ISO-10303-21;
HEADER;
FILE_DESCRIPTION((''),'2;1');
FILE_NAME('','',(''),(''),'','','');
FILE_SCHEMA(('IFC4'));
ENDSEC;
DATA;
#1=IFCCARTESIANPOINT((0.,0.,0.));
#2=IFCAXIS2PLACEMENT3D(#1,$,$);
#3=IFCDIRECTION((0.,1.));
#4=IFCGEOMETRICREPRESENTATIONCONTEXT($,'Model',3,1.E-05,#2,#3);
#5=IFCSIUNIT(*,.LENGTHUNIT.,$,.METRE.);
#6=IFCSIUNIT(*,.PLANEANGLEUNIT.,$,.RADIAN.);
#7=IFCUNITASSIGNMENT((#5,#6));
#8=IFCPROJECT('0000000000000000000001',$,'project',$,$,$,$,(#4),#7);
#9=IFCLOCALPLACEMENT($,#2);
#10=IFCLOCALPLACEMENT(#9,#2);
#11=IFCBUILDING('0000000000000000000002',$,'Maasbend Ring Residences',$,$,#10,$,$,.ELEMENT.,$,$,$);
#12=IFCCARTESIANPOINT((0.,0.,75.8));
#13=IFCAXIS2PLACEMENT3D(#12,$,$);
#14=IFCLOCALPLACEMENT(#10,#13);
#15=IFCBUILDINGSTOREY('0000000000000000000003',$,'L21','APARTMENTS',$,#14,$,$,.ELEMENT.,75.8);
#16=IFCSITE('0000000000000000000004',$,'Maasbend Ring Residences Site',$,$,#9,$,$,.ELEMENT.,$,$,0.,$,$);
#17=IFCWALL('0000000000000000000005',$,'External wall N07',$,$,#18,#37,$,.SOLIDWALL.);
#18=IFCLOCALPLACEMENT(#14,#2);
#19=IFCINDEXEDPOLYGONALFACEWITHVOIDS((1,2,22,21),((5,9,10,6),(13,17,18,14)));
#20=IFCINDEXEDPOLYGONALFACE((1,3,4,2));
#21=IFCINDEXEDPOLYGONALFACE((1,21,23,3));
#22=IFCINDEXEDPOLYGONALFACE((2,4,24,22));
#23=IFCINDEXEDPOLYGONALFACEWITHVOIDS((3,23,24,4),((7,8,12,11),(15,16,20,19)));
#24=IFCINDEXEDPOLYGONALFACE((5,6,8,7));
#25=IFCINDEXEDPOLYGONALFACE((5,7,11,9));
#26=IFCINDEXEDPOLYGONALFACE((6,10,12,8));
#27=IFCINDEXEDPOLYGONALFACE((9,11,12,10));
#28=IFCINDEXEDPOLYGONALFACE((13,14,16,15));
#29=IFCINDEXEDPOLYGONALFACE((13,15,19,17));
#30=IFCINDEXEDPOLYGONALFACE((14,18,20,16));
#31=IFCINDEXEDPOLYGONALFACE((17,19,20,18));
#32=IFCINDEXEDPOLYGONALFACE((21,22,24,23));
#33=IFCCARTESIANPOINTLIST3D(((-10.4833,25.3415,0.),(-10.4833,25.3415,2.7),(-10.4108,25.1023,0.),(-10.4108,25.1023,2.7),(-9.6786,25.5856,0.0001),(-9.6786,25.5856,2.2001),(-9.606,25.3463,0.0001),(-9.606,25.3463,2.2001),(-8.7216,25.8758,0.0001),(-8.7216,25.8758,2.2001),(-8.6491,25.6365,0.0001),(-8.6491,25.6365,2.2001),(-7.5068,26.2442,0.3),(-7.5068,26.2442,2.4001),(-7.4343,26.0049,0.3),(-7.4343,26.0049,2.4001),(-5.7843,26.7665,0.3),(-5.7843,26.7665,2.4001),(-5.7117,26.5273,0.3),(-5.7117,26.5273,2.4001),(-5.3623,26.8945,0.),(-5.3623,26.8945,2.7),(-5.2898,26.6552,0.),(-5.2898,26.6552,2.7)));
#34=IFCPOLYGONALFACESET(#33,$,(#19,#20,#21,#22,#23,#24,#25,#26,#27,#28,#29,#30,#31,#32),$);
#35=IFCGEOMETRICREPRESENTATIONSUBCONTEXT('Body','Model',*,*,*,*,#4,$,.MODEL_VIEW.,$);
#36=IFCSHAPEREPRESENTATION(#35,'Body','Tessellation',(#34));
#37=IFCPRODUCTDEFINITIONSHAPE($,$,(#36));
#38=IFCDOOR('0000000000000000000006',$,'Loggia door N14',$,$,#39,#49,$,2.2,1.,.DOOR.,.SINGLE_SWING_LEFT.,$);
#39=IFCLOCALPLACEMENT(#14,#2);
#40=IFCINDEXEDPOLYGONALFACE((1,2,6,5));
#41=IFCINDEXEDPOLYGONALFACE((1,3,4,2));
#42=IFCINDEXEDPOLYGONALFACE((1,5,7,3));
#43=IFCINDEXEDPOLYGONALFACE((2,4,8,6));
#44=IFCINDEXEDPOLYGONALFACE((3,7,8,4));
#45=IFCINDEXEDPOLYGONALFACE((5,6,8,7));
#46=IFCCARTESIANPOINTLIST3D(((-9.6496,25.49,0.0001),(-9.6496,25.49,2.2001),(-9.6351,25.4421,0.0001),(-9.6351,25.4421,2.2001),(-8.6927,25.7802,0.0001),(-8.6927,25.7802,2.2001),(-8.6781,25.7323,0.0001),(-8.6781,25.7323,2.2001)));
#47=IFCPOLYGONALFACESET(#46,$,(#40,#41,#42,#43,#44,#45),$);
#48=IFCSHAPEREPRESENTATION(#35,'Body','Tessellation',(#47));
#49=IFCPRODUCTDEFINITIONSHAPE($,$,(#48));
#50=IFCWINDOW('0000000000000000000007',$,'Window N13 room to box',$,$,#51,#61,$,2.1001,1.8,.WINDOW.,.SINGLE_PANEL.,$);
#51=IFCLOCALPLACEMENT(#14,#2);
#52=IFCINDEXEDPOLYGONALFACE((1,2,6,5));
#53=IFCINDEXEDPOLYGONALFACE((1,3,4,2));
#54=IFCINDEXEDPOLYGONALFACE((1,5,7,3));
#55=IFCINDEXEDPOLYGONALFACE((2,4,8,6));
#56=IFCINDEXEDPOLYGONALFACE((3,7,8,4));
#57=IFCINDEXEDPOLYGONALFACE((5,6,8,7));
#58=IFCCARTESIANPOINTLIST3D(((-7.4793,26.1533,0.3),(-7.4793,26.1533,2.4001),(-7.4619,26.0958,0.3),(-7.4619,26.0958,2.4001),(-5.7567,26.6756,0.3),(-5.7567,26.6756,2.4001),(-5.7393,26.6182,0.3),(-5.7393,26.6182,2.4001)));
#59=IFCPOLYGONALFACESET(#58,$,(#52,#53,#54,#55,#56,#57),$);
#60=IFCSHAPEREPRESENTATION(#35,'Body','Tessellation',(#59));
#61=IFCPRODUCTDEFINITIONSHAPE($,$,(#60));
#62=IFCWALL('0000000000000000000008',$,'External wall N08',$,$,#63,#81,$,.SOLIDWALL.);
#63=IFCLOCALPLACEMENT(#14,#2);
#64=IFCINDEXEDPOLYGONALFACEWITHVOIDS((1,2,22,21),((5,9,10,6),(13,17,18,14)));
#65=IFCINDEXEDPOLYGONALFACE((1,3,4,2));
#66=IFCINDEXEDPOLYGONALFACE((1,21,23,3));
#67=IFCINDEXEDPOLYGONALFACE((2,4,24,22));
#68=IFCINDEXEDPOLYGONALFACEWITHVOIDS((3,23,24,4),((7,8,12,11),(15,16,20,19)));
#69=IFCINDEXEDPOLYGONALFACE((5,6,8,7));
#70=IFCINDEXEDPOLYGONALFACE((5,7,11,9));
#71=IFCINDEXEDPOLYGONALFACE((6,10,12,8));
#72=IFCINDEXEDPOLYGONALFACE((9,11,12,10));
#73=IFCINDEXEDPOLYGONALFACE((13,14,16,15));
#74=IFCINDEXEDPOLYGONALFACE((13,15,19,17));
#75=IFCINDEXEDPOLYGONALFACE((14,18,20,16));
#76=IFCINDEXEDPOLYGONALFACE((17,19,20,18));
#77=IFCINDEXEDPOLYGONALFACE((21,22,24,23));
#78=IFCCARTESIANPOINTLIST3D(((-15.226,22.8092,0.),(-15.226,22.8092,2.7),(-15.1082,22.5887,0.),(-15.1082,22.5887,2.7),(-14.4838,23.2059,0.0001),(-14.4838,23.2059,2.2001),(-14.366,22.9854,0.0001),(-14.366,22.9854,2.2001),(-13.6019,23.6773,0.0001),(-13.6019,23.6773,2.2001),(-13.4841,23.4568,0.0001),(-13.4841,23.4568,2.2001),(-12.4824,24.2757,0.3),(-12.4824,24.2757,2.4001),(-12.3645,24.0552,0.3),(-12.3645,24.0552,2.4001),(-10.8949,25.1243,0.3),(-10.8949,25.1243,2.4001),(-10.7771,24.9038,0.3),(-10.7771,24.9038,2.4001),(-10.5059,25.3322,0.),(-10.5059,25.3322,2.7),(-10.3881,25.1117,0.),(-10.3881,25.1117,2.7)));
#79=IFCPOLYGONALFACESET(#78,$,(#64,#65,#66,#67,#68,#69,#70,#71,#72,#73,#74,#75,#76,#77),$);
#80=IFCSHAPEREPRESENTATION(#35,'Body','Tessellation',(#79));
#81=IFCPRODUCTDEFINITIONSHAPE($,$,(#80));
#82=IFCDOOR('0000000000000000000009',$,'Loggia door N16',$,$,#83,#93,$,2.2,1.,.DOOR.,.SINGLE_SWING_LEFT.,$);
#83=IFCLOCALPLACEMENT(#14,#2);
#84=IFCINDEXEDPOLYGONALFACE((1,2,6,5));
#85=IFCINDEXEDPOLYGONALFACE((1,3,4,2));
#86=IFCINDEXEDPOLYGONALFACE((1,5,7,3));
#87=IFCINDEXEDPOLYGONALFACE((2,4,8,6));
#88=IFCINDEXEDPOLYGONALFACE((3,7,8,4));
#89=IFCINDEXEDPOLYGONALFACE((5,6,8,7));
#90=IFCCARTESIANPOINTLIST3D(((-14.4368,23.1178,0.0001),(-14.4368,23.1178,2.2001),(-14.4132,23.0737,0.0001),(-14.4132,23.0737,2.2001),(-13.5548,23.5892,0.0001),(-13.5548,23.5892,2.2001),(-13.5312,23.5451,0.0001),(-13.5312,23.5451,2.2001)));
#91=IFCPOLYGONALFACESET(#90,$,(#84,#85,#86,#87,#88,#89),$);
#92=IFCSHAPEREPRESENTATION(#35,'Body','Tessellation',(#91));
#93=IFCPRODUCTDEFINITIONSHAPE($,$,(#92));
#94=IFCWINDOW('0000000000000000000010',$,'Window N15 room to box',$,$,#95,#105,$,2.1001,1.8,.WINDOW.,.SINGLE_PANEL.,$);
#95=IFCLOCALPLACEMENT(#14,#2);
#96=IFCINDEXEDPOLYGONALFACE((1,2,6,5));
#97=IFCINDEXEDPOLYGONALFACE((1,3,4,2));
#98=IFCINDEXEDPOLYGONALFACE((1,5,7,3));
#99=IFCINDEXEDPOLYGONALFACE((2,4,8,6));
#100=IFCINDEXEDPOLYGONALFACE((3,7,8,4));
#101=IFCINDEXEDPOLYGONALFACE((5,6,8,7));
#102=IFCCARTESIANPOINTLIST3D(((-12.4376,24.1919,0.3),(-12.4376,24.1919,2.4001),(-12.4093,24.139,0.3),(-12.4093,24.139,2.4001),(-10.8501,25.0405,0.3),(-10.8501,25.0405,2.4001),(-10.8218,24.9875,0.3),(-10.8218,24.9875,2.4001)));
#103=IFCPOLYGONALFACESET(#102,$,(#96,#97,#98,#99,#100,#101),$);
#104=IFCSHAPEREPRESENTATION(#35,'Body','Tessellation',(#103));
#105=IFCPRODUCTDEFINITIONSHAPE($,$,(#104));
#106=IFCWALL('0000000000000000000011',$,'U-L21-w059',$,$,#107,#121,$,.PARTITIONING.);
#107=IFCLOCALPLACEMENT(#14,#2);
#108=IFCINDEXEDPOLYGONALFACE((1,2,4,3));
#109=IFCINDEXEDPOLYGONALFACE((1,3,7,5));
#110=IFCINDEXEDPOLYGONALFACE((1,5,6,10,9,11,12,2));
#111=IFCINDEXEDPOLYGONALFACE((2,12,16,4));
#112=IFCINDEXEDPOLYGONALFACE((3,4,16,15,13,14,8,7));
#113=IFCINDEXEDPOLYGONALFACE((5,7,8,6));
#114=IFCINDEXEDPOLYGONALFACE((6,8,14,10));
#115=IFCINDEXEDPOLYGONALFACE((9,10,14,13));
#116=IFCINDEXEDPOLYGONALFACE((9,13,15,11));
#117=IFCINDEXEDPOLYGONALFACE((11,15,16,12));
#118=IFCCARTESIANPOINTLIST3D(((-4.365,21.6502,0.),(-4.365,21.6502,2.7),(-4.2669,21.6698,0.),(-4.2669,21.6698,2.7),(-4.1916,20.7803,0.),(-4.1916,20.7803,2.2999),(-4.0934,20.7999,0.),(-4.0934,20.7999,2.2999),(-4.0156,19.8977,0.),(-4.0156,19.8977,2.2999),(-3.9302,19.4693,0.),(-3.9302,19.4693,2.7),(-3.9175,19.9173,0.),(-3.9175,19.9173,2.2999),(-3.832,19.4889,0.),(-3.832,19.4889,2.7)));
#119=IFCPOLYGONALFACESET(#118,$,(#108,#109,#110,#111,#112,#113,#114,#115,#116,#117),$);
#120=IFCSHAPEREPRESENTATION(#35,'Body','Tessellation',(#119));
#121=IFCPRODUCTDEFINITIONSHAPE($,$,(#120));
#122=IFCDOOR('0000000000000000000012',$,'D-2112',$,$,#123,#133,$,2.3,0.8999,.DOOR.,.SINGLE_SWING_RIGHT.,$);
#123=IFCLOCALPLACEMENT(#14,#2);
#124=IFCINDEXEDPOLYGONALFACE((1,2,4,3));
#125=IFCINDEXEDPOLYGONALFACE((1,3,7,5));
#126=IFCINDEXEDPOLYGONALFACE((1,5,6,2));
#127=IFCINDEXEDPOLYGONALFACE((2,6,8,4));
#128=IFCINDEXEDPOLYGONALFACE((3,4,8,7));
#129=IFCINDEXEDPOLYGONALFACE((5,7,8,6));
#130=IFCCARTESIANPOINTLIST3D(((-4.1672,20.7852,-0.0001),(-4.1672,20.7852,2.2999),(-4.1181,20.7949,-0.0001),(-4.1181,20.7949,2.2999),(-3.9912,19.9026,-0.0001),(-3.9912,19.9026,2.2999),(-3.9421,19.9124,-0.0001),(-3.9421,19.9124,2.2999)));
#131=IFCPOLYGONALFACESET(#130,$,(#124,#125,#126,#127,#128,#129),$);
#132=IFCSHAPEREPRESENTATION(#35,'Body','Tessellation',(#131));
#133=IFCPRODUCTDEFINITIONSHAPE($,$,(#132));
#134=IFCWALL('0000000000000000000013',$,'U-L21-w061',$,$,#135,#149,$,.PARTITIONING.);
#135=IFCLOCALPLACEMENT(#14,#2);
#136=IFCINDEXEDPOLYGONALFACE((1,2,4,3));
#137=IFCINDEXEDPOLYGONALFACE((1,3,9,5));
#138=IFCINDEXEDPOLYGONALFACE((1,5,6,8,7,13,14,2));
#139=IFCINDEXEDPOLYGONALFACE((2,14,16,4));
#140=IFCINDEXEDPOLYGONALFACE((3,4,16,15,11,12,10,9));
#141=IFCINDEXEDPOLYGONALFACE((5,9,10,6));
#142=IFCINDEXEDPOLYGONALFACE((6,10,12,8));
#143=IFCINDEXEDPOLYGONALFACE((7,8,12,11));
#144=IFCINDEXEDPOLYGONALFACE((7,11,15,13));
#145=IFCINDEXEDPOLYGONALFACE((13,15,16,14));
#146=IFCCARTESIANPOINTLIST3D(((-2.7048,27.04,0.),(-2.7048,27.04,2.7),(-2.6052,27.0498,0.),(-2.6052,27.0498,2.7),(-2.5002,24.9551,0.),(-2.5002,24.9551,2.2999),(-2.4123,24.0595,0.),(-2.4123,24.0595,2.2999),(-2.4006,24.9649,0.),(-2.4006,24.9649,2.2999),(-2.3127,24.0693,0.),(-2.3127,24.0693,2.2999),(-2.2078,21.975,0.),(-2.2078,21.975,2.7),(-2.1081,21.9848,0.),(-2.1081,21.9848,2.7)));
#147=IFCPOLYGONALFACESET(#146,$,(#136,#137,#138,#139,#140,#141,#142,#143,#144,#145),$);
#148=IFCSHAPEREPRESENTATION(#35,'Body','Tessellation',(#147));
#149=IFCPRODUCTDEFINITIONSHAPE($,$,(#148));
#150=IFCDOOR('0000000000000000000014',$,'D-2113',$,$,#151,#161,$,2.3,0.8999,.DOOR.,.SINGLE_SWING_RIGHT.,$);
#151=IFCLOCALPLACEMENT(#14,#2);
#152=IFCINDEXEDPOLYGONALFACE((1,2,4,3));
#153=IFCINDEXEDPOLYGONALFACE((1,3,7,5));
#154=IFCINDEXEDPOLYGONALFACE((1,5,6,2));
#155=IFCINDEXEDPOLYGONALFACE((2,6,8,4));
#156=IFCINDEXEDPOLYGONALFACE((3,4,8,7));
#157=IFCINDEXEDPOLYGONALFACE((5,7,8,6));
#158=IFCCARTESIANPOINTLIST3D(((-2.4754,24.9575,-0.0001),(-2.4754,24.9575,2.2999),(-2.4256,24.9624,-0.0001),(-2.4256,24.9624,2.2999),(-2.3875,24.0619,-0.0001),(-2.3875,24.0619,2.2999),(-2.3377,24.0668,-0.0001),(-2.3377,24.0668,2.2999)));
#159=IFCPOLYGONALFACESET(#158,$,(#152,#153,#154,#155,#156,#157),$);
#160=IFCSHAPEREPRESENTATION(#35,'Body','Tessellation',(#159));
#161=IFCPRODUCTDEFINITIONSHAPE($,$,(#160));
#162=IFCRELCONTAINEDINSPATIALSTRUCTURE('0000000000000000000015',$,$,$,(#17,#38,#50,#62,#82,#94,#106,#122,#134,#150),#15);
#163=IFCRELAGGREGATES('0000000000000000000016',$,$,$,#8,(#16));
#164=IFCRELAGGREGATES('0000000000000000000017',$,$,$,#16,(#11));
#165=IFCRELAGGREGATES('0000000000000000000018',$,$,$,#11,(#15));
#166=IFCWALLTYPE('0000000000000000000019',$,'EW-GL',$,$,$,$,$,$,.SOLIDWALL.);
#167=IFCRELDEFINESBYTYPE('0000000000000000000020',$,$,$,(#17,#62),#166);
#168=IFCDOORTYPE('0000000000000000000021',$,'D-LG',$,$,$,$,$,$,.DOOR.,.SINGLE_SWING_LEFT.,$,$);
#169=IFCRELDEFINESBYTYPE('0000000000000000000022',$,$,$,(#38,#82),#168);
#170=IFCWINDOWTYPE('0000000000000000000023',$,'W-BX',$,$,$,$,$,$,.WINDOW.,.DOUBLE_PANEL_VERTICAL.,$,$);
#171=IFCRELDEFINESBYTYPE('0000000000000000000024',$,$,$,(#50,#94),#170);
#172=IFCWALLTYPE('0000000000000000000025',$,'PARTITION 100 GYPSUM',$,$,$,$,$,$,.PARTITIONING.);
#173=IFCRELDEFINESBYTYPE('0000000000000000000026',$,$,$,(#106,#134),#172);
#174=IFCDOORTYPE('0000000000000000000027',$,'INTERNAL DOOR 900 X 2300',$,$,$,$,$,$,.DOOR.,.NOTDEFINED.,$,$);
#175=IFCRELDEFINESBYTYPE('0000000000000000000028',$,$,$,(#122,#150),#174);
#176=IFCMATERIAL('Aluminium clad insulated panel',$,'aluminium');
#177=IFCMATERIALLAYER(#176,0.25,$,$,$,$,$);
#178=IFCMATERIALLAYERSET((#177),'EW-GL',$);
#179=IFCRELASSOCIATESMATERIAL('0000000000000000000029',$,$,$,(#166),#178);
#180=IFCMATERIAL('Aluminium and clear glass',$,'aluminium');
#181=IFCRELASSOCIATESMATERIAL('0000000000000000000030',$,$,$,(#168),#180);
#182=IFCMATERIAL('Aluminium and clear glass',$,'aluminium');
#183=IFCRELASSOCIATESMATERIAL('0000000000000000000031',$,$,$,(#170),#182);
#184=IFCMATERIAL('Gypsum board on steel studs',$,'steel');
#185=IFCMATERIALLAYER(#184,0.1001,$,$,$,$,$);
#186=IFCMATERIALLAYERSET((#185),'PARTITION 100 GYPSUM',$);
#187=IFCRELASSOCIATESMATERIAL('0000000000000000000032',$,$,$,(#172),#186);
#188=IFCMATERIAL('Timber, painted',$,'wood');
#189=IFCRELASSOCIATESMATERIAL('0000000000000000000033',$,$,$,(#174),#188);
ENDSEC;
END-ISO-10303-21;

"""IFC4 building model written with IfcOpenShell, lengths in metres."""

from ifc_helpers import new_model, si_unit, direction, frame, frame_2d, origin, place, context, subcontext, project, spatial, rectangle, extrude, material, layer, layer_set, type_object, element, fill, save


model = new_model("IFC4")

# Units and contexts
model_context = context("Model", 3, precision=1e-05, world=origin(), true_north=direction((0.0, 1.0)))
body_context = subcontext(model_context, "Body", "Model", "MODEL_VIEW")
ifc_project = project(units=[si_unit("LENGTHUNIT", "METRE"), si_unit("PLANEANGLEUNIT", "RADIAN")], contexts=[model_context])

# Site, building, storey
site_placement = place(None, origin())
site = spatial("IfcSite", under=ifc_project, at=site_placement, Name="Maasbend Ring Residences Site", CompositionType="ELEMENT", RefElevation=0.0)
building_placement = place(site_placement, origin())
building = spatial("IfcBuilding", under=site, at=building_placement, Name="Maasbend Ring Residences", CompositionType="ELEMENT")
storey_placement = place(building_placement, frame((0.0, 0.0, 75.8)))
storey = spatial("IfcBuildingStorey", under=building, at=storey_placement, Name="L21", Description="APARTMENTS", CompositionType="ELEMENT", Elevation=75.8)

# Walls, openings, doors, windows
ifc_material_1 = material(Name="Aluminium clad insulated panel", Category="aluminium")
ifc_layer_1 = layer(ifc_material_1, 0.25)
ifc_layer_set_1 = layer_set([ifc_layer_1], Name="EW-GL")
wall_type_1 = type_object("IfcWallType", Name="EW-GL", PredefinedType="SOLIDWALL", material=ifc_layer_set_1)
wall_1_placement = place(storey_placement, frame((-5.3259, 26.7749, 0.0), z_axis=(0.0, 0.0, 1.0), x_axis=(-0.956966, -0.290201, 0.0)))
wall_1 = element("IfcWall", 1, at=wall_1_placement, inside=storey, type_object=wall_type_1, Name="External wall N07", PredefinedType="SOLIDWALL", context=body_context, shape_type="SweptSolid", body=[
    extrude(rectangle(XDim=5.3513, YDim=0.25, at=frame_2d((2.6758, 0.0))), origin(), (0.0, 0.0, 1.0), 2.7),
])
opening_1_placement = place(wall_1_placement, frame((0.4412, 0.0, 0.3)))
opening_1 = element("IfcOpeningElement", 2, at=opening_1_placement, cuts=wall_1, PredefinedType="OPENING", context=body_context, shape_type="SweptSolid", body=[
    extrude(rectangle(XDim=1.8, YDim=2.1001, at=frame_2d((0.8999, 1.05))), frame((0.0, 0.135, 0.0), z_axis=(0.0, -1.0, 0.0), x_axis=(1.0, 0.0, 0.0)), (0.0, 0.0, 1.0), 0.27),
])
opening_2_placement = place(wall_1_placement, frame((3.5105, 0.0, 0.0)))
opening_2 = element("IfcOpeningElement", 3, at=opening_2_placement, cuts=wall_1, PredefinedType="OPENING", context=body_context, shape_type="SweptSolid", body=[
    extrude(rectangle(XDim=1.0, YDim=2.2, at=frame_2d((0.5, 1.1001))), frame((0.0, 0.135, 0.0), z_axis=(0.0, -1.0, 0.0), x_axis=(1.0, 0.0, 0.0)), (0.0, 0.0, 1.0), 0.27),
])
ifc_material_2 = material(Name="Aluminium and clear glass", Category="aluminium")
door_type_1 = type_object("IfcDoorType", Name="D-LG", OperationType="SINGLE_SWING_LEFT", PredefinedType="DOOR", material=ifc_material_2)
door_1_placement = place(opening_2_placement, origin())
door_1 = element("IfcDoor", 4, at=door_1_placement, inside=storey, type_object=door_type_1, Name="Loggia door N14", OperationType="SINGLE_SWING_LEFT", OverallHeight=2.2, OverallWidth=1.0, PredefinedType="DOOR", context=body_context, shape_type="SweptSolid", body=[
    extrude(rectangle(XDim=1.0, YDim=2.2, at=frame_2d((0.5, 1.1001))), frame((0.0, 0.0249, 0.0), z_axis=(0.0, -1.0, 0.0), x_axis=(1.0, 0.0, 0.0)), (0.0, 0.0, 1.0), 0.05),
])
fill(opening_2, door_1)
ifc_material_3 = material(Name="Aluminium and clear glass", Category="aluminium")
window_type_1 = type_object("IfcWindowType", Name="W-BX", PartitioningType="DOUBLE_PANEL_VERTICAL", PredefinedType="WINDOW", material=ifc_material_3)
window_1_placement = place(opening_1_placement, origin())
window_1 = element("IfcWindow", 5, at=window_1_placement, inside=storey, type_object=window_type_1, Name="Window N13 room to box", OverallHeight=2.1001, OverallWidth=1.8, PartitioningType="SINGLE_PANEL", PredefinedType="WINDOW", context=body_context, shape_type="SweptSolid", body=[
    extrude(rectangle(XDim=1.8, YDim=2.1001, at=frame_2d((0.8999, 1.05))), frame((0.0, 0.03, 0.0), z_axis=(0.0, -1.0, 0.0), x_axis=(1.0, 0.0, 0.0)), (0.0, 0.0, 1.0), 0.0601),
])
fill(opening_1, window_1)
wall_2_placement = place(storey_placement, frame((-10.447, 25.2219, 0.0), z_axis=(0.0, 0.0, 1.0), x_axis=(-0.881916, -0.471407, 0.0)))
wall_2 = element("IfcWall", 6, at=wall_2_placement, inside=storey, type_object=wall_type_1, Name="External wall N08", PredefinedType="SOLIDWALL", context=body_context, shape_type="SweptSolid", body=[
    extrude(rectangle(XDim=5.3521, YDim=0.25, at=frame_2d((2.676, 0.0))), origin(), (0.0, 0.0, 1.0), 2.7),
])
opening_3_placement = place(wall_2_placement, frame((0.4412, 0.0, 0.3)))
opening_3 = element("IfcOpeningElement", 7, at=opening_3_placement, cuts=wall_2, PredefinedType="OPENING", context=body_context, shape_type="SweptSolid", body=[
    extrude(rectangle(XDim=1.8, YDim=2.1001, at=frame_2d((0.8999, 1.05))), frame((0.0, 0.135, 0.0), z_axis=(0.0, -1.0, 0.0), x_axis=(1.0, 0.0, 0.0)), (0.0, 0.0, 1.0), 0.27),
])
opening_4_placement = place(wall_2_placement, frame((3.5105, 0.0, 0.0)))
opening_4 = element("IfcOpeningElement", 8, at=opening_4_placement, cuts=wall_2, PredefinedType="OPENING", context=body_context, shape_type="SweptSolid", body=[
    extrude(rectangle(XDim=1.0, YDim=2.2, at=frame_2d((0.5, 1.1001))), frame((0.0, 0.135, 0.0), z_axis=(0.0, -1.0, 0.0), x_axis=(1.0, 0.0, 0.0)), (0.0, 0.0, 1.0), 0.27),
])
door_2_placement = place(opening_4_placement, origin())
door_2 = element("IfcDoor", 9, at=door_2_placement, inside=storey, type_object=door_type_1, Name="Loggia door N16", OperationType="SINGLE_SWING_LEFT", OverallHeight=2.2, OverallWidth=1.0, PredefinedType="DOOR", context=body_context, shape_type="SweptSolid", body=[
    extrude(rectangle(XDim=1.0, YDim=2.2, at=frame_2d((0.5, 1.1001))), frame((0.0, 0.0249, 0.0), z_axis=(0.0, -1.0, 0.0), x_axis=(1.0, 0.0, 0.0)), (0.0, 0.0, 1.0), 0.05),
])
fill(opening_4, door_2)
window_2_placement = place(opening_3_placement, origin())
window_2 = element("IfcWindow", 10, at=window_2_placement, inside=storey, type_object=window_type_1, Name="Window N15 room to box", OverallHeight=2.1001, OverallWidth=1.8, PartitioningType="SINGLE_PANEL", PredefinedType="WINDOW", context=body_context, shape_type="SweptSolid", body=[
    extrude(rectangle(XDim=1.8, YDim=2.1001, at=frame_2d((0.8999, 1.05))), frame((0.0, 0.03, 0.0), z_axis=(0.0, -1.0, 0.0), x_axis=(1.0, 0.0, 0.0)), (0.0, 0.0, 1.0), 0.0601),
])
fill(opening_3, window_2)

# Walls, openings, doors
ifc_material_4 = material(Name="Gypsum board on steel studs", Category="steel")
ifc_layer_2 = layer(ifc_material_4, 0.1001)
ifc_layer_set_2 = layer_set([ifc_layer_2], Name="PARTITION 100 GYPSUM")
wall_type_2 = type_object("IfcWallType", Name="PARTITION 100 GYPSUM", PredefinedType="PARTITIONING", material=ifc_layer_set_2)
wall_3_placement = place(storey_placement, frame((-4.3159, 21.6599, 0.0), z_axis=(0.0, 0.0, 1.0), x_axis=(0.195525, -0.980699, 0.0)))
wall_3 = element("IfcWall", 11, at=wall_3_placement, inside=storey, type_object=wall_type_2, Name="U-L21-w059", PredefinedType="PARTITIONING", context=body_context, shape_type="SweptSolid", body=[
    extrude(rectangle(XDim=2.2239, YDim=0.1001, at=frame_2d((1.1118, 0.0))), origin(), (0.0, 0.0, 1.0), 2.7),
])
opening_5_placement = place(wall_3_placement, frame((0.887, 0.0, 0.0)))
opening_5 = element("IfcOpeningElement", 12, at=opening_5_placement, cuts=wall_3, PredefinedType="OPENING", context=body_context, shape_type="SweptSolid", body=[
    extrude(rectangle(XDim=0.8999, YDim=2.3, at=frame_2d((0.45, 1.1499))), frame((0.0, 0.0601, 0.0), z_axis=(0.0, -1.0, 0.0), x_axis=(1.0, 0.0, 0.0)), (0.0, 0.0, 1.0), 0.1201),
])
ifc_material_5 = material(Name="Timber, painted", Category="wood")
door_type_2 = type_object("IfcDoorType", Name="INTERNAL DOOR 900 X 2300", OperationType="NOTDEFINED", PredefinedType="DOOR", material=ifc_material_5)
door_3_placement = place(opening_5_placement, origin())
door_3 = element("IfcDoor", 13, at=door_3_placement, inside=storey, type_object=door_type_2, Name="D-2112", OperationType="SINGLE_SWING_RIGHT", OverallHeight=2.3, OverallWidth=0.8999, PredefinedType="DOOR", context=body_context, shape_type="SweptSolid", body=[
    extrude(rectangle(XDim=0.8999, YDim=2.3, at=frame_2d((0.45, 1.1499))), frame((0.0, 0.0249, 0.0), z_axis=(0.0, -1.0, 0.0), x_axis=(1.0, 0.0, 0.0)), (0.0, 0.0, 1.0), 0.05),
])
fill(opening_5, door_3)
wall_4_placement = place(storey_placement, frame((-2.655, 27.0449, 0.0), z_axis=(0.0, 0.0, 1.0), x_axis=(0.09767, -0.995219, 0.0)))
wall_4 = element("IfcWall", 14, at=wall_4_placement, inside=storey, type_object=wall_type_2, Name="U-L21-w061", PredefinedType="PARTITIONING", context=body_context, shape_type="SweptSolid", body=[
    extrude(rectangle(XDim=5.0894, YDim=0.1001, at=frame_2d((2.5447, 0.0))), origin(), (0.0, 0.0, 1.0), 2.7),
])
opening_6_placement = place(wall_4_placement, frame((2.095, 0.0, 0.0)))
opening_6 = element("IfcOpeningElement", 15, at=opening_6_placement, cuts=wall_4, PredefinedType="OPENING", context=body_context, shape_type="SweptSolid", body=[
    extrude(rectangle(XDim=0.8999, YDim=2.3, at=frame_2d((0.45, 1.1499))), frame((0.0, 0.0601, 0.0), z_axis=(0.0, -1.0, 0.0), x_axis=(1.0, 0.0, 0.0)), (0.0, 0.0, 1.0), 0.1201),
])
door_4_placement = place(opening_6_placement, origin())
door_4 = element("IfcDoor", 16, at=door_4_placement, inside=storey, type_object=door_type_2, Name="D-2113", OperationType="SINGLE_SWING_RIGHT", OverallHeight=2.3, OverallWidth=0.8999, PredefinedType="DOOR", context=body_context, shape_type="SweptSolid", body=[
    extrude(rectangle(XDim=0.8999, YDim=2.3, at=frame_2d((0.45, 1.1499))), frame((0.0, 0.0249, 0.0), z_axis=(0.0, -1.0, 0.0), x_axis=(1.0, 0.0, 0.0)), (0.0, 0.0, 1.0), 0.05),
])
fill(opening_6, door_4)

save(model, "model.ifc")
